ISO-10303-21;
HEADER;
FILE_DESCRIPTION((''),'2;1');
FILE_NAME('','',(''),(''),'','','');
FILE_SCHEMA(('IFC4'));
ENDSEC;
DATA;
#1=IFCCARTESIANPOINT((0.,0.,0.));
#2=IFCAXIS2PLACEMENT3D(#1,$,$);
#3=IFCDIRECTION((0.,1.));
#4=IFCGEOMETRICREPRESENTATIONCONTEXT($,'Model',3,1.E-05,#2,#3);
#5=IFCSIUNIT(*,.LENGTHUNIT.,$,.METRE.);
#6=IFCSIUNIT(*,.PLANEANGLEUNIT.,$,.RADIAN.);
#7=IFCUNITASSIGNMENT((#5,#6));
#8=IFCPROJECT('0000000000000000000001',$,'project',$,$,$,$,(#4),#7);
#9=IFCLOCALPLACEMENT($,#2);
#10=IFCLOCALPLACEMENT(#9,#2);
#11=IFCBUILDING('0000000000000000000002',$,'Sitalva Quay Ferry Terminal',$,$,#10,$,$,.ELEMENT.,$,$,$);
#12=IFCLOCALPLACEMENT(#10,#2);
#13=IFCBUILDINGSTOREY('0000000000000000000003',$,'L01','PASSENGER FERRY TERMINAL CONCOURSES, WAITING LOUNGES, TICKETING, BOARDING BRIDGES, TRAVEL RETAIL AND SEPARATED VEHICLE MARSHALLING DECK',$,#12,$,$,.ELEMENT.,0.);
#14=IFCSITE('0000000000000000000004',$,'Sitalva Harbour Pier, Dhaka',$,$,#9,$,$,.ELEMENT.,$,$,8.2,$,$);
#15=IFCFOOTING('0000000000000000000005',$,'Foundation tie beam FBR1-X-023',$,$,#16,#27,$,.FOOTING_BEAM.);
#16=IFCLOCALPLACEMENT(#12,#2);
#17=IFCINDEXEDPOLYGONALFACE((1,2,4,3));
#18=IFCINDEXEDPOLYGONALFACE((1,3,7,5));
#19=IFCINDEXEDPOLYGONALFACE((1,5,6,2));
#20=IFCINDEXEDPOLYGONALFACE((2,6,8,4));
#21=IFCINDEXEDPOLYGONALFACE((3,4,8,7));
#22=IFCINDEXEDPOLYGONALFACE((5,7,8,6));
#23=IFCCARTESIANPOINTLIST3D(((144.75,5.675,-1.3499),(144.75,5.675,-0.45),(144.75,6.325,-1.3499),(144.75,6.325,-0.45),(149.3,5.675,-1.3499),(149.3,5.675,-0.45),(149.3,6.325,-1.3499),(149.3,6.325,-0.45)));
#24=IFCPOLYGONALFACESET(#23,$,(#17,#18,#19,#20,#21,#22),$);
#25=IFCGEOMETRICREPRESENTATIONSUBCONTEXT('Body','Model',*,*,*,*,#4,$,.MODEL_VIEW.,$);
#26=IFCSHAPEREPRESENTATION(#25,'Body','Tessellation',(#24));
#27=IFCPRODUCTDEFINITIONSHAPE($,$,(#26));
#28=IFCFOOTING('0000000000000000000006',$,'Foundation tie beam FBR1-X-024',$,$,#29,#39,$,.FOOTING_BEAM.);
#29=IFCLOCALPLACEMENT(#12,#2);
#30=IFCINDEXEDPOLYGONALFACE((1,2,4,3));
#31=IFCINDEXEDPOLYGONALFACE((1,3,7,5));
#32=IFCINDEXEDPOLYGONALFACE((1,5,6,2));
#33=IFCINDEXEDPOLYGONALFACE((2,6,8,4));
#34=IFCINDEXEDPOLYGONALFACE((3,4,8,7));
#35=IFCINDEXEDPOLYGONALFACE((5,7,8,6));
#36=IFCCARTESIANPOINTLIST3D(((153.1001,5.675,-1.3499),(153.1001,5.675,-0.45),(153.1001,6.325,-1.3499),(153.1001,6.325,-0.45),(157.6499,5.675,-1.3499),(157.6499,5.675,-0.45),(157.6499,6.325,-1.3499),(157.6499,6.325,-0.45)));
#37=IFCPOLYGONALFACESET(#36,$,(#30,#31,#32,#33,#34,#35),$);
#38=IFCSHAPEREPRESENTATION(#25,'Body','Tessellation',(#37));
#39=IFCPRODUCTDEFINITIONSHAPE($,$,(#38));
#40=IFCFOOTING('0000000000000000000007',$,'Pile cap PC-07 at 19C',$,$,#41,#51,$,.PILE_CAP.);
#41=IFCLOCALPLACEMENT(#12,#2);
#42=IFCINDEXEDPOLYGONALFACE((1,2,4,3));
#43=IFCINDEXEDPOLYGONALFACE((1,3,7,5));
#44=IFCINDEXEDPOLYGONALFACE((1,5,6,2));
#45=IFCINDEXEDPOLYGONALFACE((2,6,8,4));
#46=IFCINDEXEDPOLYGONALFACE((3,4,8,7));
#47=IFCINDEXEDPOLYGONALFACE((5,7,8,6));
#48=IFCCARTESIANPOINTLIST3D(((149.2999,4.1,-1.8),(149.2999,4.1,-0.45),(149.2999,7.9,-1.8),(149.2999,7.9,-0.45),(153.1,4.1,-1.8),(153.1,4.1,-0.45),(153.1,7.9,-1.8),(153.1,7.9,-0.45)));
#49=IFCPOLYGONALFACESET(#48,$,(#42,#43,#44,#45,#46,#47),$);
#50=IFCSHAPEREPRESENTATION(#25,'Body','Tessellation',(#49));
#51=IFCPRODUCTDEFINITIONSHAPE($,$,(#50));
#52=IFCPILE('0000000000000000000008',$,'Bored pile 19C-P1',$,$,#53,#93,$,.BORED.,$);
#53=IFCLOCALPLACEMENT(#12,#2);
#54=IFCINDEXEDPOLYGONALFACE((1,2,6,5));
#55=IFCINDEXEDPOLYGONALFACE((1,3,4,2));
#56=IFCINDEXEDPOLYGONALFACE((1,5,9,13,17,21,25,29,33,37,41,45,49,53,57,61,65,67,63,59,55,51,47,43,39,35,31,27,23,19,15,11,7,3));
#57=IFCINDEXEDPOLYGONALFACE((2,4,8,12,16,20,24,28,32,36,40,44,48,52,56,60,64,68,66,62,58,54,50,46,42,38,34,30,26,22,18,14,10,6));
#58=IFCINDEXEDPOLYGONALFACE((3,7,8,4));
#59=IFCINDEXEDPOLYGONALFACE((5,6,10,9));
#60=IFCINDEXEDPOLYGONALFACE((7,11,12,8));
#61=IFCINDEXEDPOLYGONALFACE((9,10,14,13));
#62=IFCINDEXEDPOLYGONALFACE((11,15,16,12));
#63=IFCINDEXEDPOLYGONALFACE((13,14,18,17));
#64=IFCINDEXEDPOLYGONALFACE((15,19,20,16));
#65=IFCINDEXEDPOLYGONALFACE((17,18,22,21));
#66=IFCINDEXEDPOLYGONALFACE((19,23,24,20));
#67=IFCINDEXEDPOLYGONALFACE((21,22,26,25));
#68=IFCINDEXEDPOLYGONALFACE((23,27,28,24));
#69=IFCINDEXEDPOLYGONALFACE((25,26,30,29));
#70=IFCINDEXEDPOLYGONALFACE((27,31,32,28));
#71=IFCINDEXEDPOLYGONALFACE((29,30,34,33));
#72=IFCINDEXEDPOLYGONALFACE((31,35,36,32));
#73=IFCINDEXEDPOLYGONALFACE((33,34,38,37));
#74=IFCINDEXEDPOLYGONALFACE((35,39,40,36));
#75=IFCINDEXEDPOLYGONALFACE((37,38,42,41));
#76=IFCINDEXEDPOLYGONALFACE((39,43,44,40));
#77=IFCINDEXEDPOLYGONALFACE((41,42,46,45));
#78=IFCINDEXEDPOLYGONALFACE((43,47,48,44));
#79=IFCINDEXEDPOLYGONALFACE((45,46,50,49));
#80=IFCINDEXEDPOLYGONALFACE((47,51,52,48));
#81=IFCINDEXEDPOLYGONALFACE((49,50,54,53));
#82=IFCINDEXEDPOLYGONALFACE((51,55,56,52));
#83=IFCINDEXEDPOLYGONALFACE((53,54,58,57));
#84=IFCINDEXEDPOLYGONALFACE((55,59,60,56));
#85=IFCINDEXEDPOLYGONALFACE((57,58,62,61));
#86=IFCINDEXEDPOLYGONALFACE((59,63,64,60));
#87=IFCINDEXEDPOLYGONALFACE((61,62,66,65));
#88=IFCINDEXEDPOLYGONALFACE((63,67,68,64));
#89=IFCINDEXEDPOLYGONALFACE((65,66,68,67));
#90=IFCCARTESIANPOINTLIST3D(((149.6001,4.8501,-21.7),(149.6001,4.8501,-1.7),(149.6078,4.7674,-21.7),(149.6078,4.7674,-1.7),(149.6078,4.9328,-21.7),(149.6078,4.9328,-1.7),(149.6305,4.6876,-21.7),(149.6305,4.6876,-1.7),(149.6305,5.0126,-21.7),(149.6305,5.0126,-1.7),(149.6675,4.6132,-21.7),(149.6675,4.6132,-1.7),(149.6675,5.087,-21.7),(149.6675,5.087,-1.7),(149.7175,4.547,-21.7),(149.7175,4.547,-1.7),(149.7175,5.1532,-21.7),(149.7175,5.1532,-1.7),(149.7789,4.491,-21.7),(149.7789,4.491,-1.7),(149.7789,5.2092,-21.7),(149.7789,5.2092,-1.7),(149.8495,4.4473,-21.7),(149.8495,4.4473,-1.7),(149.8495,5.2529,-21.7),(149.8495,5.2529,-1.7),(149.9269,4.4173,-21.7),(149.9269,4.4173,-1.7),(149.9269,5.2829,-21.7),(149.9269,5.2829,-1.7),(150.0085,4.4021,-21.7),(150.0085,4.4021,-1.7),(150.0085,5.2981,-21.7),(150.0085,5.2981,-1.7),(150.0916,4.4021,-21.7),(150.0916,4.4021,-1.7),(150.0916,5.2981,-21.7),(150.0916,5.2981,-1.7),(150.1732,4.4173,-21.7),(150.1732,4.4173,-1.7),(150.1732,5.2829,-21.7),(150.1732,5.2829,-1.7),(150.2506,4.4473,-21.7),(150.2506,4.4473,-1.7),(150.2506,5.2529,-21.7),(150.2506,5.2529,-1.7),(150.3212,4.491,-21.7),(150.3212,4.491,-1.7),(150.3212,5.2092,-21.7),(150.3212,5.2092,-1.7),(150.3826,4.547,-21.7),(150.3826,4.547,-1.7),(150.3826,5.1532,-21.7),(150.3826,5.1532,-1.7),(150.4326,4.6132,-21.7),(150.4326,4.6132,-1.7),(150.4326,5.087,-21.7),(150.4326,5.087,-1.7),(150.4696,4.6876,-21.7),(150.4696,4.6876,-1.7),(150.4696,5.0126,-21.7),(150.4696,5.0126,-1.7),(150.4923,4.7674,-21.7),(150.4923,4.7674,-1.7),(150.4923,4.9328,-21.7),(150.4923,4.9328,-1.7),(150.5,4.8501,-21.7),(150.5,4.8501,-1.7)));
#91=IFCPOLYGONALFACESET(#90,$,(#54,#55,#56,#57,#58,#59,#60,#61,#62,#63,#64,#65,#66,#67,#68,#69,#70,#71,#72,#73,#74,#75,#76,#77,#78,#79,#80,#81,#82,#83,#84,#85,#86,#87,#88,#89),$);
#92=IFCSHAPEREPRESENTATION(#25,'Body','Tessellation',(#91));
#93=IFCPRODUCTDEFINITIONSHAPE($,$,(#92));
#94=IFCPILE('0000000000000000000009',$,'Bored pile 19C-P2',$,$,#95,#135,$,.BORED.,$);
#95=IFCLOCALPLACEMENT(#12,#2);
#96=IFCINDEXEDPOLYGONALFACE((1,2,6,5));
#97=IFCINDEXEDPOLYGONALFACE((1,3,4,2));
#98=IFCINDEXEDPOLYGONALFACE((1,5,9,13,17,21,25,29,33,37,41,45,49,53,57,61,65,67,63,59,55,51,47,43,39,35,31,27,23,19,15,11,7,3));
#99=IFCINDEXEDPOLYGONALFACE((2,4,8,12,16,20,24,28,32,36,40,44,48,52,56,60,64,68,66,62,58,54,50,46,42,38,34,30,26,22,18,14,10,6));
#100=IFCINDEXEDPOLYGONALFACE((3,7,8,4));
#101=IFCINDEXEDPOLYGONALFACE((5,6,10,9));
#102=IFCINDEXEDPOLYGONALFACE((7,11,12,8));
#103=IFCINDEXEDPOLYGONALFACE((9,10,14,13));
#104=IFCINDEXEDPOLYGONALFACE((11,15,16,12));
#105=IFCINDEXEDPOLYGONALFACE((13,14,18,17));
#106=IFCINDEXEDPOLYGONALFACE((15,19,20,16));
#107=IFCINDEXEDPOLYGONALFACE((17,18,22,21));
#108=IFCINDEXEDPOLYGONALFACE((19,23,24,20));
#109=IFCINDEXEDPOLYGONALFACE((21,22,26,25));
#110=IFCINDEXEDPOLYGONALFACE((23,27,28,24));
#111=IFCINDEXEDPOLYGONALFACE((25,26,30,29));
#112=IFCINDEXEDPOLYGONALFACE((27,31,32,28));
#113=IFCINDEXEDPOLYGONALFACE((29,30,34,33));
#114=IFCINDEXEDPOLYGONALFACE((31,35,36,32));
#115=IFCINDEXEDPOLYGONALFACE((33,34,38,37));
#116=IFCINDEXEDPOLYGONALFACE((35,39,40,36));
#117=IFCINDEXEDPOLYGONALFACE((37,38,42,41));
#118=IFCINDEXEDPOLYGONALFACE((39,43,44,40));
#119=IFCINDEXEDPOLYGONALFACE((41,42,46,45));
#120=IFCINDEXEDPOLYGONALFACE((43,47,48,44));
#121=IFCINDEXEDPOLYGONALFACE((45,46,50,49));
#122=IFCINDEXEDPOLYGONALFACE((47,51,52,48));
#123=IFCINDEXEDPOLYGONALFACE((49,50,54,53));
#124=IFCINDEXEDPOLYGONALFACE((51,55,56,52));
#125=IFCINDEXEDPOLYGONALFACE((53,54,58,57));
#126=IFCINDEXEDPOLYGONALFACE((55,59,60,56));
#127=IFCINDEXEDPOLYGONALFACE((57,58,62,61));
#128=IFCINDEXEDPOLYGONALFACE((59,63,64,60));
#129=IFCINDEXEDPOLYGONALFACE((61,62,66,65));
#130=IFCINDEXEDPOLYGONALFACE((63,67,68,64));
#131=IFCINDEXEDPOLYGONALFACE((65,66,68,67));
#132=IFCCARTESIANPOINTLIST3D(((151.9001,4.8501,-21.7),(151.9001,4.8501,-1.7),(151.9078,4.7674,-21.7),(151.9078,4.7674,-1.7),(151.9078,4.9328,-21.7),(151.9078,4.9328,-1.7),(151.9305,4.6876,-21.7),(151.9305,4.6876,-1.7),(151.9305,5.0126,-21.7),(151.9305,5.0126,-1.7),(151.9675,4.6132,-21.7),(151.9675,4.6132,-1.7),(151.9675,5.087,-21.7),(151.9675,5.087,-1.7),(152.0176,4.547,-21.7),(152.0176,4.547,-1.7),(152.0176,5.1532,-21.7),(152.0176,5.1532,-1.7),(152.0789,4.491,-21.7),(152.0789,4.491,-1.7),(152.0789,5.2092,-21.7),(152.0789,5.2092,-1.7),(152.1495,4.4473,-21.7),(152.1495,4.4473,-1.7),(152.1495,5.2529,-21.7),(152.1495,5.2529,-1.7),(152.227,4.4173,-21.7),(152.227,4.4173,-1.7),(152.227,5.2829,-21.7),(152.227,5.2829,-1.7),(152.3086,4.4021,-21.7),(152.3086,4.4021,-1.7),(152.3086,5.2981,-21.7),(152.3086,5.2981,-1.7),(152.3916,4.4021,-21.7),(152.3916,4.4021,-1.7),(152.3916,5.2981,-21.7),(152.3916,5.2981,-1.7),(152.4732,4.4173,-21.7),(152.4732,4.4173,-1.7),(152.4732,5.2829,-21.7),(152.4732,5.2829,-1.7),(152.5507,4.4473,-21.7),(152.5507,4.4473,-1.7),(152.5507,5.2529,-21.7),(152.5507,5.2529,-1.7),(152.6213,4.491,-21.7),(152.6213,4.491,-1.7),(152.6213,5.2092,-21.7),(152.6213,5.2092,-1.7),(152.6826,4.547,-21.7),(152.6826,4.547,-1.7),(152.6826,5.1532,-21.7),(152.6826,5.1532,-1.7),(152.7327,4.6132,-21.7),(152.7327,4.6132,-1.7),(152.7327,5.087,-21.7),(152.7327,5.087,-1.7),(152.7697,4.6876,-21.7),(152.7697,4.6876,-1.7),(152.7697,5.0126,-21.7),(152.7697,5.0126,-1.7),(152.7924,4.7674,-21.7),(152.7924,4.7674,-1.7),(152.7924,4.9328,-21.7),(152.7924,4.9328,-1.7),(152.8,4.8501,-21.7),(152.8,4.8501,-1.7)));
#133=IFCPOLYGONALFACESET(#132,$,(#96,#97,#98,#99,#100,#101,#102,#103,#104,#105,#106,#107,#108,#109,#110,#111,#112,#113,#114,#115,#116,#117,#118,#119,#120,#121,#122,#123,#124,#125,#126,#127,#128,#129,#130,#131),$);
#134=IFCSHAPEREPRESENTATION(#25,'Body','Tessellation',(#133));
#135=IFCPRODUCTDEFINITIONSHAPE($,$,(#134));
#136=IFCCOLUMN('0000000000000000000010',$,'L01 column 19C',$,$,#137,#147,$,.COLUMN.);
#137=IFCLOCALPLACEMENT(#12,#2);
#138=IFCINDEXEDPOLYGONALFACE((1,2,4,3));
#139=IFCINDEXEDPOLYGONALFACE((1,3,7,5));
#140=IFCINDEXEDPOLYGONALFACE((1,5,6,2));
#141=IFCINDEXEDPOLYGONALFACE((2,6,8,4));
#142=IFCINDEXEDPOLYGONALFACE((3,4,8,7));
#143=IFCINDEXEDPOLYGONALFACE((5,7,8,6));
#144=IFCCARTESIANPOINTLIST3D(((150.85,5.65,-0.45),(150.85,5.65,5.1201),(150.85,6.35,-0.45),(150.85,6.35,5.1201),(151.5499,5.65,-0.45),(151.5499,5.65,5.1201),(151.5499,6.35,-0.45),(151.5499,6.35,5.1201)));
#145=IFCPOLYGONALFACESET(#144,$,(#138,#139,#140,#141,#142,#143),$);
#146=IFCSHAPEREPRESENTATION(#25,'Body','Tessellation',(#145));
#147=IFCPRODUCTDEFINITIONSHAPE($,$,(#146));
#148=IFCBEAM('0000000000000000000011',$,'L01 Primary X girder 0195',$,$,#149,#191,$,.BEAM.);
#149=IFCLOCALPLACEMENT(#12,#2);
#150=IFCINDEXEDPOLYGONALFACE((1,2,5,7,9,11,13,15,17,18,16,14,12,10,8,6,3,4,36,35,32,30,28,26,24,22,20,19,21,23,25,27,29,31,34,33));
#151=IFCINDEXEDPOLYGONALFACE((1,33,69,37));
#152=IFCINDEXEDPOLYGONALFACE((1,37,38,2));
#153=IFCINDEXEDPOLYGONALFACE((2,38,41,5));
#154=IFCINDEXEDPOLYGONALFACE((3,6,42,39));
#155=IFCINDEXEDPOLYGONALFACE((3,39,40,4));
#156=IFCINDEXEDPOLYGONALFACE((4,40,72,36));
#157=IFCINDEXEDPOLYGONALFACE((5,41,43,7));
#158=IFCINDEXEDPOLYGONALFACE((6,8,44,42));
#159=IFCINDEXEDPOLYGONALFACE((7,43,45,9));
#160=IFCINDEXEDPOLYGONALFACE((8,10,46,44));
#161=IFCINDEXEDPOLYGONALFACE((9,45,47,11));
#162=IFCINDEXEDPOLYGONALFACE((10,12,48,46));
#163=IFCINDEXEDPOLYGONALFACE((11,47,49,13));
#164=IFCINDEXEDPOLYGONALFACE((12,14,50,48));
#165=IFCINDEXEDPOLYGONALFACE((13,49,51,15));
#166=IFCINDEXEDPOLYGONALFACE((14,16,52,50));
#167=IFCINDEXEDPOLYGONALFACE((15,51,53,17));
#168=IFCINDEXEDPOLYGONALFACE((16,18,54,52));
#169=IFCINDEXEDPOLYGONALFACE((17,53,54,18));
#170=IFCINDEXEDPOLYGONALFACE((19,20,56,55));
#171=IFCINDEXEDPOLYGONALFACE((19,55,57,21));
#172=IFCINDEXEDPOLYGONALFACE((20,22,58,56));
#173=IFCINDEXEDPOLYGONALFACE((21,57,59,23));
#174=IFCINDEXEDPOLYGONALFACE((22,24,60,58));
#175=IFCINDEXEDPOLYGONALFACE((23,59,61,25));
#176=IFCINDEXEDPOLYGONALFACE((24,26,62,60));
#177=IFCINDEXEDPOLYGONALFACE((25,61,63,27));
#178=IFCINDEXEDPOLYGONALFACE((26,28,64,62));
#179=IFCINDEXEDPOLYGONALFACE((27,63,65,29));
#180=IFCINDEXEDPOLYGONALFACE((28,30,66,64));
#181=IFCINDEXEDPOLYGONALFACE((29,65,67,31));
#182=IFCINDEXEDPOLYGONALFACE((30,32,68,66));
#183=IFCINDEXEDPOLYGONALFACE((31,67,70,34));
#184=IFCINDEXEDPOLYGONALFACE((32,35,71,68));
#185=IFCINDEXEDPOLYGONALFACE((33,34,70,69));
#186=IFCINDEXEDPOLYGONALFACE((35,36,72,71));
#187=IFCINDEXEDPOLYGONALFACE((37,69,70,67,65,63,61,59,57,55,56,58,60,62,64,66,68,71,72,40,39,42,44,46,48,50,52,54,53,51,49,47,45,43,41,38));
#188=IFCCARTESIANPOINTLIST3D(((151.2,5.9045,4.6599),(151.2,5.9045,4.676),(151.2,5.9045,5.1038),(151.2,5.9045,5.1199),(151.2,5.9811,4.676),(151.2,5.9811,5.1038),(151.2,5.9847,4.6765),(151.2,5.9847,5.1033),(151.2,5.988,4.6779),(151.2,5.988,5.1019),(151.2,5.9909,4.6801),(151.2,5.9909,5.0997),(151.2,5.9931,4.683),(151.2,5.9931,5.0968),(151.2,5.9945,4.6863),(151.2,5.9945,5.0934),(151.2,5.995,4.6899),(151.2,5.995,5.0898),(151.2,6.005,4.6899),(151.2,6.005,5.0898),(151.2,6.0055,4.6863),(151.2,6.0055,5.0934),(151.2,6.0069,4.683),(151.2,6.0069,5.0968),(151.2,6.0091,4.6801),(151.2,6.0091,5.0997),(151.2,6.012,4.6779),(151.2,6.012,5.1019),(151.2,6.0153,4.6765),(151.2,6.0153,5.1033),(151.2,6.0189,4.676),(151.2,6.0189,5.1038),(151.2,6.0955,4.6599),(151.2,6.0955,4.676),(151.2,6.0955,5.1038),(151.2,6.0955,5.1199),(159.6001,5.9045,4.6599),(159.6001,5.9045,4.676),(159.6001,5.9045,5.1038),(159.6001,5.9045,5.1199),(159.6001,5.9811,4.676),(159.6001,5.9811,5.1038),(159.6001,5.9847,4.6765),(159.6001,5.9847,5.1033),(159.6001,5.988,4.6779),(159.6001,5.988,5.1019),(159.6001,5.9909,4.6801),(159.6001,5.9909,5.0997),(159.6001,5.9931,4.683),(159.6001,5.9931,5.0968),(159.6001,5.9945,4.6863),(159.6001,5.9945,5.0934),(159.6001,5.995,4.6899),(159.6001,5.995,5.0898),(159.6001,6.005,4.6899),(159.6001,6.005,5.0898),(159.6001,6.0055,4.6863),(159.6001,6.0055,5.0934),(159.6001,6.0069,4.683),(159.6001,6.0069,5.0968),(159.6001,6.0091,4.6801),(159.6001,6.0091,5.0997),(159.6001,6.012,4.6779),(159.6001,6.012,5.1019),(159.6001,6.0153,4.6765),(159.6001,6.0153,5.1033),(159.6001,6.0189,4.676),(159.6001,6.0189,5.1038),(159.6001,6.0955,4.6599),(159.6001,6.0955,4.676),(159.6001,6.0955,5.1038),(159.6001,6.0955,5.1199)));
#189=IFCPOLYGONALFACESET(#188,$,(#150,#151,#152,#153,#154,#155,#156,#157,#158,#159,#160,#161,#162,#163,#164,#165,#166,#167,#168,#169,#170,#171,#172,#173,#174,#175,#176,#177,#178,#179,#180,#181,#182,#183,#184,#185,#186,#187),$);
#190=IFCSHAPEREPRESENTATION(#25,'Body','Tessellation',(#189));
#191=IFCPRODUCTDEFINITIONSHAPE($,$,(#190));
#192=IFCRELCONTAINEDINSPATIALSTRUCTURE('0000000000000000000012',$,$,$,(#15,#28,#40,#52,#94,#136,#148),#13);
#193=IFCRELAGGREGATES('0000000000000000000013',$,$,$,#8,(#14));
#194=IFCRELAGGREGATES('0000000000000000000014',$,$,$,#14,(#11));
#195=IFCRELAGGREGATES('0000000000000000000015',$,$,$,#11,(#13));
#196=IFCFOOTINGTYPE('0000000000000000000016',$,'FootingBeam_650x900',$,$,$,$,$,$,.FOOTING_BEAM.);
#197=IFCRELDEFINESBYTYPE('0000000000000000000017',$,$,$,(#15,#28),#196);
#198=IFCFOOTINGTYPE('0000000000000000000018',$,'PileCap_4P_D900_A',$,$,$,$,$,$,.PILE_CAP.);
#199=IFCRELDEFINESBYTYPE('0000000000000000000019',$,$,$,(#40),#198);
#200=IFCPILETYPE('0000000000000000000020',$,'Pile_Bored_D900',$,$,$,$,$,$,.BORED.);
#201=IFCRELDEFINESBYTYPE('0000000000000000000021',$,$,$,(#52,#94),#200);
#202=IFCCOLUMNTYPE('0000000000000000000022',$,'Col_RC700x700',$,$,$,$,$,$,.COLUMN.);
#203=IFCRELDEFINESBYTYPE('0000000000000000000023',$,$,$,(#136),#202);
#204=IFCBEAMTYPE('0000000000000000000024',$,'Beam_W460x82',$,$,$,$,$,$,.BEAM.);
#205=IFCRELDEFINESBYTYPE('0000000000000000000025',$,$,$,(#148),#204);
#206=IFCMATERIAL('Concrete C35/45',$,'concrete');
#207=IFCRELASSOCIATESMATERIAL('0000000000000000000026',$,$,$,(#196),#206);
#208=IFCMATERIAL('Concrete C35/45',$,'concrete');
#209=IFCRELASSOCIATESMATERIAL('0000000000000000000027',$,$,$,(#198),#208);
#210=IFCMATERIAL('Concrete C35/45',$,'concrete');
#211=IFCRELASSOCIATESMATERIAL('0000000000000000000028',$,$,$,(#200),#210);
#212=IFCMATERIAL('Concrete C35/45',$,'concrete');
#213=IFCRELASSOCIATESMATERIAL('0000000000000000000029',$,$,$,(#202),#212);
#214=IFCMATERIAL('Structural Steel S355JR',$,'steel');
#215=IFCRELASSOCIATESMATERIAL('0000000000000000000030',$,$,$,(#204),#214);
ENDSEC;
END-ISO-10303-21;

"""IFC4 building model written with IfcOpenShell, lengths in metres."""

from ifc_helpers import new_model, si_unit, direction, frame, origin, origin_2d, place, context, subcontext, project, spatial, rectangle, circle, i_section, extrude, material, material_profile, profile_set, type_object, element, save


model = new_model("IFC4")

# Units and contexts
model_context = context("Model", 3, precision=1e-05, world=origin(), true_north=direction((0.0, 1.0)))
body_context = subcontext(model_context, "Body", "Model", "MODEL_VIEW")
ifc_project = project(units=[si_unit("LENGTHUNIT", "METRE"), si_unit("PLANEANGLEUNIT", "RADIAN")], contexts=[model_context])

# Site, building, storey
site_placement = place(None, origin())
site = spatial("IfcSite", under=ifc_project, at=site_placement, Name="Sitalva Harbour Pier, Dhaka", CompositionType="ELEMENT", RefElevation=8.2)
building_placement = place(site_placement, origin())
building = spatial("IfcBuilding", under=site, at=building_placement, Name="Sitalva Quay Ferry Terminal", CompositionType="ELEMENT")
storey_placement = place(building_placement, origin())
storey = spatial("IfcBuildingStorey", under=building, at=storey_placement, Name="L01", Description="PASSENGER FERRY TERMINAL CONCOURSES, WAITING LOUNGES, TICKETING, BOARDING BRIDGES, TRAVEL RETAIL AND SEPARATED VEHICLE MARSHALLING DECK", CompositionType="ELEMENT", Elevation=0.0)

# Footings
ifc_material_1 = material(Name="Concrete C35/45", Category="concrete")
ifc_material_profile_1 = material_profile(ifc_material_1, rectangle(XDim=0.6499, YDim=0.8999, at=origin_2d()), Name="RC650x900")
ifc_profile_set_1 = profile_set([ifc_material_profile_1], Name="Concrete C35/45")
footing_type_1 = type_object("IfcFootingType", Name="FootingBeam_650x900", PredefinedType="FOOTING_BEAM", material=ifc_profile_set_1)
footing_1_placement = place(storey_placement, frame((144.75, 6.0, -0.8999), z_axis=(1.0, 0.0, 0.0), x_axis=(0.0, 1.0, 0.0)))
element("IfcFooting", 1, at=footing_1_placement, inside=storey, type_object=footing_type_1, Name="Foundation tie beam FBR1-X-023", PredefinedType="FOOTING_BEAM", context=body_context, shape_type="SweptSolid", body=[
    extrude(rectangle(XDim=0.6499, YDim=0.8999, at=origin_2d()), origin(), (0.0, 0.0, 1.0), 4.55),
])
footing_2_placement = place(storey_placement, frame((153.1001, 6.0, -0.8999), z_axis=(1.0, 0.0, 0.0), x_axis=(0.0, 1.0, 0.0)))
element("IfcFooting", 2, at=footing_2_placement, inside=storey, type_object=footing_type_1, Name="Foundation tie beam FBR1-X-024", PredefinedType="FOOTING_BEAM", context=body_context, shape_type="SweptSolid", body=[
    extrude(rectangle(XDim=0.6499, YDim=0.8999, at=origin_2d()), origin(), (0.0, 0.0, 1.0), 4.5498),
])
ifc_material_2 = material(Name="Concrete C35/45", Category="concrete")
footing_type_2 = type_object("IfcFootingType", Name="PileCap_4P_D900_A", PredefinedType="PILE_CAP", material=ifc_material_2)
footing_3_placement = place(storey_placement, frame((151.2, 6.0, -1.8), z_axis=(0.0, 0.0, 1.0), x_axis=(1.0, 0.0, 0.0)))
element("IfcFooting", 3, at=footing_3_placement, inside=storey, type_object=footing_type_2, Name="Pile cap PC-07 at 19C", PredefinedType="PILE_CAP", context=body_context, shape_type="SweptSolid", body=[
    extrude(rectangle(XDim=3.8, YDim=3.8, at=origin_2d()), origin(), (0.0, 0.0, 1.0), 1.3501),
])

# Piles
ifc_material_3 = material(Name="Concrete C35/45", Category="concrete")
ifc_material_profile_2 = material_profile(ifc_material_3, circle(Radius=0.45, at=origin_2d()), Name="PILE-D900")
ifc_profile_set_2 = profile_set([ifc_material_profile_2], Name="Concrete C35/45")
pile_type = type_object("IfcPileType", Name="Pile_Bored_D900", PredefinedType="BORED", material=ifc_profile_set_2)
for number, where, z_axis, x_axis, name in (
    (4, (150.05, 4.8501, -1.7), (0.0, 0.0, -1.0), (1.0, 0.0, 0.0), "Bored pile 19C-P1"),
    (5, (152.3501, 4.8501, -1.7), (0.0, 0.0, -1.0), (1.0, 0.0, 0.0), "Bored pile 19C-P2"),
):
    element("IfcPile", number, at=place(storey_placement, frame(where, z_axis=z_axis, x_axis=x_axis)), inside=storey, type_object=pile_type, Name=name, PredefinedType="BORED", context=body_context, shape_type="SweptSolid", body=[
        extrude(circle(Radius=0.45, at=origin_2d()), origin(), (0.0, 0.0, 1.0), 20.0),
    ])

# Column
ifc_material_4 = material(Name="Concrete C35/45", Category="concrete")
ifc_material_profile_3 = material_profile(ifc_material_4, rectangle(XDim=0.7, YDim=0.7, at=origin_2d()), Name="RC700x700")
ifc_profile_set_3 = profile_set([ifc_material_profile_3], Name="Concrete C35/45")
column_type = type_object("IfcColumnType", Name="Col_RC700x700", PredefinedType="COLUMN", material=ifc_profile_set_3)
column_placement = place(storey_placement, frame((151.2, 6.0, -0.45), z_axis=(0.0, 0.0, 1.0), x_axis=(1.0, 0.0, 0.0)))
element("IfcColumn", 6, at=column_placement, inside=storey, type_object=column_type, Name="L01 column 19C", PredefinedType="COLUMN", context=body_context, shape_type="SweptSolid", body=[
    extrude(rectangle(XDim=0.7, YDim=0.7, at=origin_2d()), origin(), (0.0, 0.0, 1.0), 5.5701),
])

# Beam
ifc_material_5 = material(Name="Structural Steel S355JR", Category="steel")
ifc_material_profile_4 = material_profile(ifc_material_5, i_section(OverallWidth=0.1909, OverallDepth=0.46, WebThickness=0.01, FlangeThickness=0.0161, FilletRadius=0.0139, at=origin_2d()), Name="W460x82")
ifc_profile_set_4 = profile_set([ifc_material_profile_4], Name="Structural Steel S355JR")
beam_type = type_object("IfcBeamType", Name="Beam_W460x82", PredefinedType="BEAM", material=ifc_profile_set_4)
beam_1_placement = place(storey_placement, frame((151.2, 6.0, 4.8899), z_axis=(1.0, 0.0, 0.0), x_axis=(0.0, 1.0, 0.0)))
element("IfcBeam", 7, at=beam_1_placement, inside=storey, type_object=beam_type, Name="L01 Primary X girder 0195", PredefinedType="BEAM", context=body_context, shape_type="SweptSolid", body=[
    extrude(i_section(OverallWidth=0.1909, OverallDepth=0.46, WebThickness=0.01, FlangeThickness=0.0161, FilletRadius=0.0139, at=origin_2d()), origin(), (0.0, 0.0, 1.0), 8.4001),
])

save(model, "model.ifc")
